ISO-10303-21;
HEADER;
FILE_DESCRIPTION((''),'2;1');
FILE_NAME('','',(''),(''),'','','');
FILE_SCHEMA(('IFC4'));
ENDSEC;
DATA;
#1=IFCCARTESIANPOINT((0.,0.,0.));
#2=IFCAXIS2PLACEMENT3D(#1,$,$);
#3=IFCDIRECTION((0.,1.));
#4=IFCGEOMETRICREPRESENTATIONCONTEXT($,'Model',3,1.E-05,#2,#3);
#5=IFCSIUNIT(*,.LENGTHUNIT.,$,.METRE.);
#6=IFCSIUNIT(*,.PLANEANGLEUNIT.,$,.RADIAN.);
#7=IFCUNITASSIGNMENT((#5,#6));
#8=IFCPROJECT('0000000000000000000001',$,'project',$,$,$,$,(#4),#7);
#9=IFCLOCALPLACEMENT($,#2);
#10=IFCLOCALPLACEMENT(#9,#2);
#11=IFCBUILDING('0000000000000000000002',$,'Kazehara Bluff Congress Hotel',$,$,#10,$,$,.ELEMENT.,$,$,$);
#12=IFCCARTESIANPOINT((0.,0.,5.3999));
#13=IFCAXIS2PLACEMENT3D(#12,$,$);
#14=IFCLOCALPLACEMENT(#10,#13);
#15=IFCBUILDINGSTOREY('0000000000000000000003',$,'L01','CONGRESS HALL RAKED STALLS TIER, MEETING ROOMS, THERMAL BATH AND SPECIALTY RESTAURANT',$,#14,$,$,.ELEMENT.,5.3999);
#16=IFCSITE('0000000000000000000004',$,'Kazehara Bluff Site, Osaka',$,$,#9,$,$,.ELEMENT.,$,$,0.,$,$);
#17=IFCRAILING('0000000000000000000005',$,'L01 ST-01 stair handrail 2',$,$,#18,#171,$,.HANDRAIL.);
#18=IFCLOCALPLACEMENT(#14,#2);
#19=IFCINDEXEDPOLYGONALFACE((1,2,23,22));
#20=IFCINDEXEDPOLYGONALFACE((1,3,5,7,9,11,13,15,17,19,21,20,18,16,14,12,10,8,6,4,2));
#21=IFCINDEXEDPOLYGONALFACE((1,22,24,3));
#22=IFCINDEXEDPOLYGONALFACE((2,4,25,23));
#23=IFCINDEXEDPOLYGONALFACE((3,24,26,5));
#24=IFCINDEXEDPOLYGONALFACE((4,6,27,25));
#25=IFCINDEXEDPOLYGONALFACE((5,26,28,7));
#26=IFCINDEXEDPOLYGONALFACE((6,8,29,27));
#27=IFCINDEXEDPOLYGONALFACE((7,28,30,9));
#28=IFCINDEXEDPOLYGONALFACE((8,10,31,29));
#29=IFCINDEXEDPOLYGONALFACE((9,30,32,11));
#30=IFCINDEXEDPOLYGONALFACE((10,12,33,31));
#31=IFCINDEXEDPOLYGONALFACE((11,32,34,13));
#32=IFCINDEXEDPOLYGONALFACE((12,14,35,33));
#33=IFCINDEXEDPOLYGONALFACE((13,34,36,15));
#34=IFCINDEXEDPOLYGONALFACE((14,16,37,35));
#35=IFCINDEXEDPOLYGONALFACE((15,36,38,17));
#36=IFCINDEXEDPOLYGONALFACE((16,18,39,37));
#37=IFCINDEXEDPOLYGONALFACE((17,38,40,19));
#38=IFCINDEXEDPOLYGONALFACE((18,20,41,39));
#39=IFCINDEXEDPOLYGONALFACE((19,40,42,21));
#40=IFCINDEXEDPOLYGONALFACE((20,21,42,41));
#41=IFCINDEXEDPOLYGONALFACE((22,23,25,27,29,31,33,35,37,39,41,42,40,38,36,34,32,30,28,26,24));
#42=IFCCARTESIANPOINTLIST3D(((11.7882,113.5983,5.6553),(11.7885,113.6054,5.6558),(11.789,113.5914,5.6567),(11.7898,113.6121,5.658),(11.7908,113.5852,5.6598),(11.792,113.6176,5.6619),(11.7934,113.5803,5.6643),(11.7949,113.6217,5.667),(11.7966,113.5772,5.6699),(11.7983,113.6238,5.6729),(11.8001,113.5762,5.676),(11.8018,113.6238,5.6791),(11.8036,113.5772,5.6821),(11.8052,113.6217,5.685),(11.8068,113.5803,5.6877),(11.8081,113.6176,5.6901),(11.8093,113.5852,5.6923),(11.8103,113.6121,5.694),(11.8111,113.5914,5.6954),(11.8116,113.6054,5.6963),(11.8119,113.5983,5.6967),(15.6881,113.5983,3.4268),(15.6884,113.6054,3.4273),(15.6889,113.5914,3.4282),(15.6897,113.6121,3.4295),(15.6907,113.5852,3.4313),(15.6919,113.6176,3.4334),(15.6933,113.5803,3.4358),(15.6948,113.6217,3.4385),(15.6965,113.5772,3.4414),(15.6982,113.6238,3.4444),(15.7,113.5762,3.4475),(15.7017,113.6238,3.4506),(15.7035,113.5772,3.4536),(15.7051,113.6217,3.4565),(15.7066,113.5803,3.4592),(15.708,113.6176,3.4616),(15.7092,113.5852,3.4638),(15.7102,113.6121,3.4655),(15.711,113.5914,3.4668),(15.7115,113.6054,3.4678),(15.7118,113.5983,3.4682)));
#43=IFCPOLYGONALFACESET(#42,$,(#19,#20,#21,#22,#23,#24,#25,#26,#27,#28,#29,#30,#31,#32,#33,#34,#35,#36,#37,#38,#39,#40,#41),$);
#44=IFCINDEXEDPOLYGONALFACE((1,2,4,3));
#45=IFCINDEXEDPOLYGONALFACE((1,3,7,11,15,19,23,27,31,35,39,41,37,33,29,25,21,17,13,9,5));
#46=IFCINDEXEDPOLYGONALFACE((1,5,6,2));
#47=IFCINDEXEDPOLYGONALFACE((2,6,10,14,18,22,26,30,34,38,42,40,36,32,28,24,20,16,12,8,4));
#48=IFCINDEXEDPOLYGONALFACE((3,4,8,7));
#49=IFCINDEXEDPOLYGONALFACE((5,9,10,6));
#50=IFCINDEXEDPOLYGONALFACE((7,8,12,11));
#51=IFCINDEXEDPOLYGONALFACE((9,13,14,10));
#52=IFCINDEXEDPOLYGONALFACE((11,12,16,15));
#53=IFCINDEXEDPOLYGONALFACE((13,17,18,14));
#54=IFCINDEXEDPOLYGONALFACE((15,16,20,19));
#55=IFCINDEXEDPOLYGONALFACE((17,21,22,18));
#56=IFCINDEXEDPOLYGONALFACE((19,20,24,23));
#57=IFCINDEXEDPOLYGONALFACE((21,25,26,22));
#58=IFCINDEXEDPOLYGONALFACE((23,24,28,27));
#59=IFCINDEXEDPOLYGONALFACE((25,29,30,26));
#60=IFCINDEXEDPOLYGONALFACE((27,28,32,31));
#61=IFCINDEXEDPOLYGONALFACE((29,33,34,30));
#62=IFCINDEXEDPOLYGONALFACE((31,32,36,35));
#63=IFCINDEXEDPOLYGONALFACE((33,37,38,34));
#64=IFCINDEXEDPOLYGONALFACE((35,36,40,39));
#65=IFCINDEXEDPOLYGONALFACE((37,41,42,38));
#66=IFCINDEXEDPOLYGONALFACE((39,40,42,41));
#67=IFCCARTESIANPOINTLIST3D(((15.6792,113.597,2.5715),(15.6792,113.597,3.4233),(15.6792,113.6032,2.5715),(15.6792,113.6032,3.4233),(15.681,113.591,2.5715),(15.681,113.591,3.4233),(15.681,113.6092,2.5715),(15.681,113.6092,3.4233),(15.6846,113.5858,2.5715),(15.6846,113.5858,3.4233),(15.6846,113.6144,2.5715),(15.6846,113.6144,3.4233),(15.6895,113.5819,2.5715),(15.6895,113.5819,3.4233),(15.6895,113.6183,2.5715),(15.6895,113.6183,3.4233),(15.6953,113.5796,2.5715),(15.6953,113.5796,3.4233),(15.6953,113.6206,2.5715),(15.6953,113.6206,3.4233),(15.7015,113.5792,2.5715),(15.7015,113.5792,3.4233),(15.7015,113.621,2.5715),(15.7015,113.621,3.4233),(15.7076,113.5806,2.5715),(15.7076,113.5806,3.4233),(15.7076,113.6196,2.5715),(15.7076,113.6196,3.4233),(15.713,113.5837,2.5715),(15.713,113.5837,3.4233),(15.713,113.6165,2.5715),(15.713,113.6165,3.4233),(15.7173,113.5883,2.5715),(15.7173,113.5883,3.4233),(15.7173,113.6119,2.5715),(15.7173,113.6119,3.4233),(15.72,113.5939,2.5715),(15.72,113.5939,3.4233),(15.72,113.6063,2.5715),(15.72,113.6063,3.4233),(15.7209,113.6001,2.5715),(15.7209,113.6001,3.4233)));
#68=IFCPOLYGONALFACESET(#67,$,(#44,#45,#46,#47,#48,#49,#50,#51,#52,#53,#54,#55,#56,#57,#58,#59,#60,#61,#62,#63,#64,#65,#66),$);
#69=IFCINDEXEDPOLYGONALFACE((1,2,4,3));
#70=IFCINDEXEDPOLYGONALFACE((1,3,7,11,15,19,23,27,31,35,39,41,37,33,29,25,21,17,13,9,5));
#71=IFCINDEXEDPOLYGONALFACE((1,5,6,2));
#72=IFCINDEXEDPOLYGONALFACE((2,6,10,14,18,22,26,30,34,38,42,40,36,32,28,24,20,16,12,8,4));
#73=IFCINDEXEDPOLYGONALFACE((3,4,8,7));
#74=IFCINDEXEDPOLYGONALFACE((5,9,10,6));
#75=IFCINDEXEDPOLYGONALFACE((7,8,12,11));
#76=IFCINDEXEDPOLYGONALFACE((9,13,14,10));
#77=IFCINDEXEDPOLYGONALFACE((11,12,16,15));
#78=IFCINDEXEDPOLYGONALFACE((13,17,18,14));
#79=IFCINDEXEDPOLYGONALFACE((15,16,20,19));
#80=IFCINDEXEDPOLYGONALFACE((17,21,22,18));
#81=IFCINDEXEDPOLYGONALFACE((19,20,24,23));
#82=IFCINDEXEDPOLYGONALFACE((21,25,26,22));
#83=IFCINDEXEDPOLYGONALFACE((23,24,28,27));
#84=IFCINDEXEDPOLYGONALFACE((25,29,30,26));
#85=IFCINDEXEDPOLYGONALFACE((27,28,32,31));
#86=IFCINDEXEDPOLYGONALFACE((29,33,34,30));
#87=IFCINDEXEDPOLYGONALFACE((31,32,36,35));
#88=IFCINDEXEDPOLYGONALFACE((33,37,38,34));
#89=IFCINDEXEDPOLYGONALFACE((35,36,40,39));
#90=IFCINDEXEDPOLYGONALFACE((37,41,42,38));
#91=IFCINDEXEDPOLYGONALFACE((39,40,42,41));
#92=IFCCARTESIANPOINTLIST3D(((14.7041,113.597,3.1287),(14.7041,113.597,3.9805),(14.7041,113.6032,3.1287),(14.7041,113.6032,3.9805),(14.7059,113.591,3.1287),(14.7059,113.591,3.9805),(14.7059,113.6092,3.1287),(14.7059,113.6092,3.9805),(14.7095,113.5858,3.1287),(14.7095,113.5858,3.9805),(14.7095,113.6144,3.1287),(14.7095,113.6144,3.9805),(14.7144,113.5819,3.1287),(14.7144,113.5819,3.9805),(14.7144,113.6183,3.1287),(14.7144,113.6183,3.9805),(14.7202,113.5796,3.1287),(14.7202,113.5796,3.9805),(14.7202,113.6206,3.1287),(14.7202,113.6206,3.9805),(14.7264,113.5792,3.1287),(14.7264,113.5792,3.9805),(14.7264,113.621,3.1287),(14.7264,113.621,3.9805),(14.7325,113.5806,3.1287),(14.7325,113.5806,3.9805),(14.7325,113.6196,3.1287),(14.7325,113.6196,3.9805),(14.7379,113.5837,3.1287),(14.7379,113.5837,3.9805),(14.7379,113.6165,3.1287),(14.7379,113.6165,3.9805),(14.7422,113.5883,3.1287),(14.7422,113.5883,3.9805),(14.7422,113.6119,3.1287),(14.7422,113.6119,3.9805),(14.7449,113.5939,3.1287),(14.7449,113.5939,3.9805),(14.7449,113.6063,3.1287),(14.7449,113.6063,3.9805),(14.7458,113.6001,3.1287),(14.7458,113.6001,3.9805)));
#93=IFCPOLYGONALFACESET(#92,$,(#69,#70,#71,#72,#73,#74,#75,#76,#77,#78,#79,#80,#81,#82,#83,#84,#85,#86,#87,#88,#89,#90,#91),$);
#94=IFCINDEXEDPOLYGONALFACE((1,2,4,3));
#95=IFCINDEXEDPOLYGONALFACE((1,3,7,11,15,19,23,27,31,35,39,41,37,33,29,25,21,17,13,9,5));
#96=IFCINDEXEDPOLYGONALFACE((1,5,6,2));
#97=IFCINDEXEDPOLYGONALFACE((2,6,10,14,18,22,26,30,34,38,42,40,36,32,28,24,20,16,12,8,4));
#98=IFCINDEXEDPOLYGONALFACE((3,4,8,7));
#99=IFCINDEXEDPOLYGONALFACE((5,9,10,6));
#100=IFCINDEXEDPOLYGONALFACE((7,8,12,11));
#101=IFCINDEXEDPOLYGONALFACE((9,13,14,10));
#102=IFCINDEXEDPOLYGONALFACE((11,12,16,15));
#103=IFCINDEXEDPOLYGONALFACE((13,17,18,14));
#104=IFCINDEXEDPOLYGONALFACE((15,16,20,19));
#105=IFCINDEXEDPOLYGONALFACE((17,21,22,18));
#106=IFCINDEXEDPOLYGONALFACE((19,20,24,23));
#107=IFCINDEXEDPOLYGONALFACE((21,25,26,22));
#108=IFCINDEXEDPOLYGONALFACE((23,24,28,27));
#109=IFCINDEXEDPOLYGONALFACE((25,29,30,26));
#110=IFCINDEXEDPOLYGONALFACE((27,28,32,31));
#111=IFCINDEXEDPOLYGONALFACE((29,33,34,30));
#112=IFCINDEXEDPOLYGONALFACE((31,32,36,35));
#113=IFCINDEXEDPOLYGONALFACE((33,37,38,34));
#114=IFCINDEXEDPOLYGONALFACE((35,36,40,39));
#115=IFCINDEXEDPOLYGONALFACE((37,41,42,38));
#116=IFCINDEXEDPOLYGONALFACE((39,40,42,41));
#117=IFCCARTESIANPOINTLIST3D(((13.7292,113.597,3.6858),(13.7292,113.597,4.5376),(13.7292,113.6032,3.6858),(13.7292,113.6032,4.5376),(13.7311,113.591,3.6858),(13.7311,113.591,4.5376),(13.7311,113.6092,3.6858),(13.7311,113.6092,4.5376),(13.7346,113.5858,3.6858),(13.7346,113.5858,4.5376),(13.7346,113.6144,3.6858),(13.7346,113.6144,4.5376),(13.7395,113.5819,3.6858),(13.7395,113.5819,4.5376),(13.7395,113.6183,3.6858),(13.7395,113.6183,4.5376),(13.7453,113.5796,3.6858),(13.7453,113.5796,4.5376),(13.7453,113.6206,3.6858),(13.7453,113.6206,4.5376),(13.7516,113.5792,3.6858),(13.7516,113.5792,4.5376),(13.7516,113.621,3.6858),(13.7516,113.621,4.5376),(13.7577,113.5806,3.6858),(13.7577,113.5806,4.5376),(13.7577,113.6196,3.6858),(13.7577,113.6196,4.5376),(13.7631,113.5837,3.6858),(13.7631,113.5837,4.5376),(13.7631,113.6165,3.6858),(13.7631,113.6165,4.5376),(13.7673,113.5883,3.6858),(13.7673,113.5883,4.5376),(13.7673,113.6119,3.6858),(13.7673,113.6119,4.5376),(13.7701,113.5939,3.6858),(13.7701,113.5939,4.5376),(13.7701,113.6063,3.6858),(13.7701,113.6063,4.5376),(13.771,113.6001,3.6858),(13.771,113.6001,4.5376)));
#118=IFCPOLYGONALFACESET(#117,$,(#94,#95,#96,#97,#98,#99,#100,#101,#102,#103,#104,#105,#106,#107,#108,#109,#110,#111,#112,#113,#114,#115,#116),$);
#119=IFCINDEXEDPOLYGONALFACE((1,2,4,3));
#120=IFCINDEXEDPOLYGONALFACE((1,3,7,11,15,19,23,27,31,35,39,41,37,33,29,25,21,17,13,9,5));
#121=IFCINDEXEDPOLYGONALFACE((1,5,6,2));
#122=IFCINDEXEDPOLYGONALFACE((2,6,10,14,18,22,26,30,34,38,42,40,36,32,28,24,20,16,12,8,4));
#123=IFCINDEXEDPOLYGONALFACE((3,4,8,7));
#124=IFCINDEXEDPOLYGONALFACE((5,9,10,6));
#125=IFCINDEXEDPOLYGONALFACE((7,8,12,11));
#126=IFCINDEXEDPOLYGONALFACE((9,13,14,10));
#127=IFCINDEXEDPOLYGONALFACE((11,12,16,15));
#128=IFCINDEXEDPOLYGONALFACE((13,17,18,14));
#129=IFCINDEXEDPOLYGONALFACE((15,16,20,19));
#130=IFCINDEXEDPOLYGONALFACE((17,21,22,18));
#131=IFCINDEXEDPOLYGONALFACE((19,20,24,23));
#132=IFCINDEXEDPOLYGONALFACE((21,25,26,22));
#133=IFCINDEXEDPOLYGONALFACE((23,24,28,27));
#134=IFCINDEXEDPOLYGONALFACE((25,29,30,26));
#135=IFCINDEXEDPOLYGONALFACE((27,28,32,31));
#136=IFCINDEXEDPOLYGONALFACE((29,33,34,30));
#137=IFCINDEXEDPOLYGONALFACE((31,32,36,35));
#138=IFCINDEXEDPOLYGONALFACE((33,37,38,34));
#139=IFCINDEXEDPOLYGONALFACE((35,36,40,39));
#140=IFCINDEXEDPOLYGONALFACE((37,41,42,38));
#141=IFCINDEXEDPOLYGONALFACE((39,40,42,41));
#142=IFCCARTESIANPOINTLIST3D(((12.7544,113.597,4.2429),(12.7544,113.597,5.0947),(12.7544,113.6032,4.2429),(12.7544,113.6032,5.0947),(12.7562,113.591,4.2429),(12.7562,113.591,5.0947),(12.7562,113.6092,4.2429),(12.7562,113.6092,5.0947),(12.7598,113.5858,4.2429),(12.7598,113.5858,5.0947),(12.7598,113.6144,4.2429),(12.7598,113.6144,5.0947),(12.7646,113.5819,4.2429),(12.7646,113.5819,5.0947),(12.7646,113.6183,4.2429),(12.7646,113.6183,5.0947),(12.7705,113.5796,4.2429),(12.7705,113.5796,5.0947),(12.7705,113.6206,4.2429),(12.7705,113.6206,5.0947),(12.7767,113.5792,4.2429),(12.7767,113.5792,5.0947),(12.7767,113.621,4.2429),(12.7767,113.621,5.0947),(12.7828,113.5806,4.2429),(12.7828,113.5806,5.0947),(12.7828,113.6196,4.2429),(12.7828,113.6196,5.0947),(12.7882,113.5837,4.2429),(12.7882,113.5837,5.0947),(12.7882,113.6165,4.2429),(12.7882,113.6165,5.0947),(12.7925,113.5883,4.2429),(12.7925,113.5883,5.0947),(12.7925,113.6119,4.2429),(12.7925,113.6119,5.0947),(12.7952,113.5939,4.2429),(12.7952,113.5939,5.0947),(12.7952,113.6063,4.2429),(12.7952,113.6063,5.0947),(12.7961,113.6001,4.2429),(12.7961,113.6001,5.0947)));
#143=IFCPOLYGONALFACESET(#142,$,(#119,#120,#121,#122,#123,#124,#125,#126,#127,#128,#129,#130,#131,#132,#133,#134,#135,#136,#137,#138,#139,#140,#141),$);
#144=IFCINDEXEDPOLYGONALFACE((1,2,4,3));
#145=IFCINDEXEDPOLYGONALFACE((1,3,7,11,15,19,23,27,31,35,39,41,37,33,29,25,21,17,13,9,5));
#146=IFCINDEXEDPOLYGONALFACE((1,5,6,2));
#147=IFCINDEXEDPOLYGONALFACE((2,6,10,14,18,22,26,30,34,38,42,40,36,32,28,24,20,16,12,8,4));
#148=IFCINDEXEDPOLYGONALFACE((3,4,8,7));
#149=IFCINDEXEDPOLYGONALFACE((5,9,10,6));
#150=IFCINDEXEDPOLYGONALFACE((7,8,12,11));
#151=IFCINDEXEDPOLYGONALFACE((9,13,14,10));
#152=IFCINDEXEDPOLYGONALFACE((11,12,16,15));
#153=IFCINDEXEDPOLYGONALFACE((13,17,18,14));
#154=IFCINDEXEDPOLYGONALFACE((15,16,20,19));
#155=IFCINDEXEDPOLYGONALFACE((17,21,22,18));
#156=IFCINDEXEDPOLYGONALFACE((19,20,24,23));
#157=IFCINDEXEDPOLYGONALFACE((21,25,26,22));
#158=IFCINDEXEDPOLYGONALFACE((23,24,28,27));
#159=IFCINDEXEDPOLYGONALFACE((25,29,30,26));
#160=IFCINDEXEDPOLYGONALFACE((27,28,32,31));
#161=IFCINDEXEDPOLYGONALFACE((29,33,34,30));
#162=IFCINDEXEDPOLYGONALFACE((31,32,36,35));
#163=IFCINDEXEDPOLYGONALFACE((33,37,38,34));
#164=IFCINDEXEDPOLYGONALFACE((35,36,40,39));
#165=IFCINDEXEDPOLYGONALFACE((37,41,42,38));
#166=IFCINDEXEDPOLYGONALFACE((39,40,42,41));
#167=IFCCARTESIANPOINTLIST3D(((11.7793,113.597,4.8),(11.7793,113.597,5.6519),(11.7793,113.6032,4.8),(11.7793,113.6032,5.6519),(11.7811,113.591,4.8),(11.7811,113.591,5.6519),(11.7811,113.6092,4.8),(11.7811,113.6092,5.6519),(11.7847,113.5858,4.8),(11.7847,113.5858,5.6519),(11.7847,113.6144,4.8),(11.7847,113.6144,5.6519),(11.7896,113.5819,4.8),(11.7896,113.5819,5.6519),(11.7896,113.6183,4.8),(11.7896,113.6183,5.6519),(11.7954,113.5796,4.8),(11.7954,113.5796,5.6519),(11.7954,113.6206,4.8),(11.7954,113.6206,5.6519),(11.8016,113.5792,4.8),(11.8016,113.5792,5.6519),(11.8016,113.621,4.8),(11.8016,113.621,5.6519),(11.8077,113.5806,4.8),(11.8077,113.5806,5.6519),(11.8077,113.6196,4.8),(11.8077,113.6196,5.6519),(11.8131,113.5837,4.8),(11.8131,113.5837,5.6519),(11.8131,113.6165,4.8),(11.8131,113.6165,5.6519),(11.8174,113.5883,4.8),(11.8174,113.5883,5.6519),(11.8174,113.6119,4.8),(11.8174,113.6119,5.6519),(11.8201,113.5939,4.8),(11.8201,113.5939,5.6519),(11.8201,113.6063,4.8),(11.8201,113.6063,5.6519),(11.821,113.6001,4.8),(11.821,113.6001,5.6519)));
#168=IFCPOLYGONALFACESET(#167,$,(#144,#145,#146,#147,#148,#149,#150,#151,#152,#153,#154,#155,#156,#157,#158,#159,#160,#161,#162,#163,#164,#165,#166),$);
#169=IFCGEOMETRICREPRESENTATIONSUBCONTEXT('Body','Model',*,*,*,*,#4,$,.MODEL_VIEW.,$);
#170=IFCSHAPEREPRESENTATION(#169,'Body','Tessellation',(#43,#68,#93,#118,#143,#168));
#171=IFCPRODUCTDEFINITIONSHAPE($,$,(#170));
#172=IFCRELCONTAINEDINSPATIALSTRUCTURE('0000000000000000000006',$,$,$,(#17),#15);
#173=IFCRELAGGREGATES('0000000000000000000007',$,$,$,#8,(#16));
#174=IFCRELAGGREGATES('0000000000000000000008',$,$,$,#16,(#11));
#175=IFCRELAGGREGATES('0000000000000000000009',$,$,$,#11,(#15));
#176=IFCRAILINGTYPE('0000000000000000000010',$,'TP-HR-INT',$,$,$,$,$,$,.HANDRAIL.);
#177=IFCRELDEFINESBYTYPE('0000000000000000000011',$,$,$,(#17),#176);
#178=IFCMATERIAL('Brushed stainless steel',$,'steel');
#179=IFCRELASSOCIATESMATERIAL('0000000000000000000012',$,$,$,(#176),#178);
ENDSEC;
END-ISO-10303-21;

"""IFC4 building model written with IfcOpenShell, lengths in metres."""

from ifc_helpers import new_model, si_unit, direction, frame, origin, origin_2d, place, context, subcontext, project, spatial, circle, extrude, material, type_object, element, save


model = new_model("IFC4")

# Units and contexts
model_context = context("Model", 3, precision=1e-05, world=origin(), true_north=direction((0.0, 1.0)))
body_context = subcontext(model_context, "Body", "Model", "MODEL_VIEW")
ifc_project = project(units=[si_unit("LENGTHUNIT", "METRE"), si_unit("PLANEANGLEUNIT", "RADIAN")], contexts=[model_context])

# Site, building, storey
site_placement = place(None, origin())
site = spatial("IfcSite", under=ifc_project, at=site_placement, Name="Kazehara Bluff Site, Osaka", CompositionType="ELEMENT", RefElevation=0.0)
building_placement = place(site_placement, origin())
building = spatial("IfcBuilding", under=site, at=building_placement, Name="Kazehara Bluff Congress Hotel", CompositionType="ELEMENT")
storey_placement = place(building_placement, frame((0.0, 0.0, 5.3999)))
storey = spatial("IfcBuildingStorey", under=building, at=storey_placement, Name="L01", Description="CONGRESS HALL RAKED STALLS TIER, MEETING ROOMS, THERMAL BATH AND SPECIALTY RESTAURANT", CompositionType="ELEMENT", Elevation=5.3999)

# Railing
ifc_material_1 = material(Name="Brushed stainless steel", Category="steel")
railing_type = type_object("IfcRailingType", Name="TP-HR-INT", PredefinedType="HANDRAIL", material=ifc_material_1)
railing_placement = place(storey_placement, frame((15.7, 113.6001, 2.5715)))
element("IfcRailing", 1, at=railing_placement, inside=storey, type_object=railing_type, Name="L01 ST-01 stair handrail 2", PredefinedType="HANDRAIL", context=body_context, shape_type="SweptSolid", body=[
    extrude(circle(Radius=0.0239, at=origin_2d()), frame((0.0, 0.0, 0.876), z_axis=(-0.868243, 0.0, 0.496139), x_axis=(0.0, -1.0, 0.0)), (0.0, 0.0, 1.0), 4.4917),
    extrude(circle(Radius=0.021, at=origin_2d()), origin(), (0.0, 0.0, 1.0), 0.8518),
    extrude(circle(Radius=0.021, at=origin_2d()), frame((-0.9751, 0.0, 0.5571)), (0.0, 0.0, 1.0), 0.8518),
    extrude(circle(Radius=0.021, at=origin_2d()), frame((-1.95, 0.0, 1.1143)), (0.0, 0.0, 1.0), 0.8518),
    extrude(circle(Radius=0.021, at=origin_2d()), frame((-2.9248, 0.0, 1.6714)), (0.0, 0.0, 1.0), 0.8518),
    extrude(circle(Radius=0.021, at=origin_2d()), frame((-3.8999, 0.0, 2.2285)), (0.0, 0.0, 1.0), 0.8518),
])

save(model, "model.ifc")
